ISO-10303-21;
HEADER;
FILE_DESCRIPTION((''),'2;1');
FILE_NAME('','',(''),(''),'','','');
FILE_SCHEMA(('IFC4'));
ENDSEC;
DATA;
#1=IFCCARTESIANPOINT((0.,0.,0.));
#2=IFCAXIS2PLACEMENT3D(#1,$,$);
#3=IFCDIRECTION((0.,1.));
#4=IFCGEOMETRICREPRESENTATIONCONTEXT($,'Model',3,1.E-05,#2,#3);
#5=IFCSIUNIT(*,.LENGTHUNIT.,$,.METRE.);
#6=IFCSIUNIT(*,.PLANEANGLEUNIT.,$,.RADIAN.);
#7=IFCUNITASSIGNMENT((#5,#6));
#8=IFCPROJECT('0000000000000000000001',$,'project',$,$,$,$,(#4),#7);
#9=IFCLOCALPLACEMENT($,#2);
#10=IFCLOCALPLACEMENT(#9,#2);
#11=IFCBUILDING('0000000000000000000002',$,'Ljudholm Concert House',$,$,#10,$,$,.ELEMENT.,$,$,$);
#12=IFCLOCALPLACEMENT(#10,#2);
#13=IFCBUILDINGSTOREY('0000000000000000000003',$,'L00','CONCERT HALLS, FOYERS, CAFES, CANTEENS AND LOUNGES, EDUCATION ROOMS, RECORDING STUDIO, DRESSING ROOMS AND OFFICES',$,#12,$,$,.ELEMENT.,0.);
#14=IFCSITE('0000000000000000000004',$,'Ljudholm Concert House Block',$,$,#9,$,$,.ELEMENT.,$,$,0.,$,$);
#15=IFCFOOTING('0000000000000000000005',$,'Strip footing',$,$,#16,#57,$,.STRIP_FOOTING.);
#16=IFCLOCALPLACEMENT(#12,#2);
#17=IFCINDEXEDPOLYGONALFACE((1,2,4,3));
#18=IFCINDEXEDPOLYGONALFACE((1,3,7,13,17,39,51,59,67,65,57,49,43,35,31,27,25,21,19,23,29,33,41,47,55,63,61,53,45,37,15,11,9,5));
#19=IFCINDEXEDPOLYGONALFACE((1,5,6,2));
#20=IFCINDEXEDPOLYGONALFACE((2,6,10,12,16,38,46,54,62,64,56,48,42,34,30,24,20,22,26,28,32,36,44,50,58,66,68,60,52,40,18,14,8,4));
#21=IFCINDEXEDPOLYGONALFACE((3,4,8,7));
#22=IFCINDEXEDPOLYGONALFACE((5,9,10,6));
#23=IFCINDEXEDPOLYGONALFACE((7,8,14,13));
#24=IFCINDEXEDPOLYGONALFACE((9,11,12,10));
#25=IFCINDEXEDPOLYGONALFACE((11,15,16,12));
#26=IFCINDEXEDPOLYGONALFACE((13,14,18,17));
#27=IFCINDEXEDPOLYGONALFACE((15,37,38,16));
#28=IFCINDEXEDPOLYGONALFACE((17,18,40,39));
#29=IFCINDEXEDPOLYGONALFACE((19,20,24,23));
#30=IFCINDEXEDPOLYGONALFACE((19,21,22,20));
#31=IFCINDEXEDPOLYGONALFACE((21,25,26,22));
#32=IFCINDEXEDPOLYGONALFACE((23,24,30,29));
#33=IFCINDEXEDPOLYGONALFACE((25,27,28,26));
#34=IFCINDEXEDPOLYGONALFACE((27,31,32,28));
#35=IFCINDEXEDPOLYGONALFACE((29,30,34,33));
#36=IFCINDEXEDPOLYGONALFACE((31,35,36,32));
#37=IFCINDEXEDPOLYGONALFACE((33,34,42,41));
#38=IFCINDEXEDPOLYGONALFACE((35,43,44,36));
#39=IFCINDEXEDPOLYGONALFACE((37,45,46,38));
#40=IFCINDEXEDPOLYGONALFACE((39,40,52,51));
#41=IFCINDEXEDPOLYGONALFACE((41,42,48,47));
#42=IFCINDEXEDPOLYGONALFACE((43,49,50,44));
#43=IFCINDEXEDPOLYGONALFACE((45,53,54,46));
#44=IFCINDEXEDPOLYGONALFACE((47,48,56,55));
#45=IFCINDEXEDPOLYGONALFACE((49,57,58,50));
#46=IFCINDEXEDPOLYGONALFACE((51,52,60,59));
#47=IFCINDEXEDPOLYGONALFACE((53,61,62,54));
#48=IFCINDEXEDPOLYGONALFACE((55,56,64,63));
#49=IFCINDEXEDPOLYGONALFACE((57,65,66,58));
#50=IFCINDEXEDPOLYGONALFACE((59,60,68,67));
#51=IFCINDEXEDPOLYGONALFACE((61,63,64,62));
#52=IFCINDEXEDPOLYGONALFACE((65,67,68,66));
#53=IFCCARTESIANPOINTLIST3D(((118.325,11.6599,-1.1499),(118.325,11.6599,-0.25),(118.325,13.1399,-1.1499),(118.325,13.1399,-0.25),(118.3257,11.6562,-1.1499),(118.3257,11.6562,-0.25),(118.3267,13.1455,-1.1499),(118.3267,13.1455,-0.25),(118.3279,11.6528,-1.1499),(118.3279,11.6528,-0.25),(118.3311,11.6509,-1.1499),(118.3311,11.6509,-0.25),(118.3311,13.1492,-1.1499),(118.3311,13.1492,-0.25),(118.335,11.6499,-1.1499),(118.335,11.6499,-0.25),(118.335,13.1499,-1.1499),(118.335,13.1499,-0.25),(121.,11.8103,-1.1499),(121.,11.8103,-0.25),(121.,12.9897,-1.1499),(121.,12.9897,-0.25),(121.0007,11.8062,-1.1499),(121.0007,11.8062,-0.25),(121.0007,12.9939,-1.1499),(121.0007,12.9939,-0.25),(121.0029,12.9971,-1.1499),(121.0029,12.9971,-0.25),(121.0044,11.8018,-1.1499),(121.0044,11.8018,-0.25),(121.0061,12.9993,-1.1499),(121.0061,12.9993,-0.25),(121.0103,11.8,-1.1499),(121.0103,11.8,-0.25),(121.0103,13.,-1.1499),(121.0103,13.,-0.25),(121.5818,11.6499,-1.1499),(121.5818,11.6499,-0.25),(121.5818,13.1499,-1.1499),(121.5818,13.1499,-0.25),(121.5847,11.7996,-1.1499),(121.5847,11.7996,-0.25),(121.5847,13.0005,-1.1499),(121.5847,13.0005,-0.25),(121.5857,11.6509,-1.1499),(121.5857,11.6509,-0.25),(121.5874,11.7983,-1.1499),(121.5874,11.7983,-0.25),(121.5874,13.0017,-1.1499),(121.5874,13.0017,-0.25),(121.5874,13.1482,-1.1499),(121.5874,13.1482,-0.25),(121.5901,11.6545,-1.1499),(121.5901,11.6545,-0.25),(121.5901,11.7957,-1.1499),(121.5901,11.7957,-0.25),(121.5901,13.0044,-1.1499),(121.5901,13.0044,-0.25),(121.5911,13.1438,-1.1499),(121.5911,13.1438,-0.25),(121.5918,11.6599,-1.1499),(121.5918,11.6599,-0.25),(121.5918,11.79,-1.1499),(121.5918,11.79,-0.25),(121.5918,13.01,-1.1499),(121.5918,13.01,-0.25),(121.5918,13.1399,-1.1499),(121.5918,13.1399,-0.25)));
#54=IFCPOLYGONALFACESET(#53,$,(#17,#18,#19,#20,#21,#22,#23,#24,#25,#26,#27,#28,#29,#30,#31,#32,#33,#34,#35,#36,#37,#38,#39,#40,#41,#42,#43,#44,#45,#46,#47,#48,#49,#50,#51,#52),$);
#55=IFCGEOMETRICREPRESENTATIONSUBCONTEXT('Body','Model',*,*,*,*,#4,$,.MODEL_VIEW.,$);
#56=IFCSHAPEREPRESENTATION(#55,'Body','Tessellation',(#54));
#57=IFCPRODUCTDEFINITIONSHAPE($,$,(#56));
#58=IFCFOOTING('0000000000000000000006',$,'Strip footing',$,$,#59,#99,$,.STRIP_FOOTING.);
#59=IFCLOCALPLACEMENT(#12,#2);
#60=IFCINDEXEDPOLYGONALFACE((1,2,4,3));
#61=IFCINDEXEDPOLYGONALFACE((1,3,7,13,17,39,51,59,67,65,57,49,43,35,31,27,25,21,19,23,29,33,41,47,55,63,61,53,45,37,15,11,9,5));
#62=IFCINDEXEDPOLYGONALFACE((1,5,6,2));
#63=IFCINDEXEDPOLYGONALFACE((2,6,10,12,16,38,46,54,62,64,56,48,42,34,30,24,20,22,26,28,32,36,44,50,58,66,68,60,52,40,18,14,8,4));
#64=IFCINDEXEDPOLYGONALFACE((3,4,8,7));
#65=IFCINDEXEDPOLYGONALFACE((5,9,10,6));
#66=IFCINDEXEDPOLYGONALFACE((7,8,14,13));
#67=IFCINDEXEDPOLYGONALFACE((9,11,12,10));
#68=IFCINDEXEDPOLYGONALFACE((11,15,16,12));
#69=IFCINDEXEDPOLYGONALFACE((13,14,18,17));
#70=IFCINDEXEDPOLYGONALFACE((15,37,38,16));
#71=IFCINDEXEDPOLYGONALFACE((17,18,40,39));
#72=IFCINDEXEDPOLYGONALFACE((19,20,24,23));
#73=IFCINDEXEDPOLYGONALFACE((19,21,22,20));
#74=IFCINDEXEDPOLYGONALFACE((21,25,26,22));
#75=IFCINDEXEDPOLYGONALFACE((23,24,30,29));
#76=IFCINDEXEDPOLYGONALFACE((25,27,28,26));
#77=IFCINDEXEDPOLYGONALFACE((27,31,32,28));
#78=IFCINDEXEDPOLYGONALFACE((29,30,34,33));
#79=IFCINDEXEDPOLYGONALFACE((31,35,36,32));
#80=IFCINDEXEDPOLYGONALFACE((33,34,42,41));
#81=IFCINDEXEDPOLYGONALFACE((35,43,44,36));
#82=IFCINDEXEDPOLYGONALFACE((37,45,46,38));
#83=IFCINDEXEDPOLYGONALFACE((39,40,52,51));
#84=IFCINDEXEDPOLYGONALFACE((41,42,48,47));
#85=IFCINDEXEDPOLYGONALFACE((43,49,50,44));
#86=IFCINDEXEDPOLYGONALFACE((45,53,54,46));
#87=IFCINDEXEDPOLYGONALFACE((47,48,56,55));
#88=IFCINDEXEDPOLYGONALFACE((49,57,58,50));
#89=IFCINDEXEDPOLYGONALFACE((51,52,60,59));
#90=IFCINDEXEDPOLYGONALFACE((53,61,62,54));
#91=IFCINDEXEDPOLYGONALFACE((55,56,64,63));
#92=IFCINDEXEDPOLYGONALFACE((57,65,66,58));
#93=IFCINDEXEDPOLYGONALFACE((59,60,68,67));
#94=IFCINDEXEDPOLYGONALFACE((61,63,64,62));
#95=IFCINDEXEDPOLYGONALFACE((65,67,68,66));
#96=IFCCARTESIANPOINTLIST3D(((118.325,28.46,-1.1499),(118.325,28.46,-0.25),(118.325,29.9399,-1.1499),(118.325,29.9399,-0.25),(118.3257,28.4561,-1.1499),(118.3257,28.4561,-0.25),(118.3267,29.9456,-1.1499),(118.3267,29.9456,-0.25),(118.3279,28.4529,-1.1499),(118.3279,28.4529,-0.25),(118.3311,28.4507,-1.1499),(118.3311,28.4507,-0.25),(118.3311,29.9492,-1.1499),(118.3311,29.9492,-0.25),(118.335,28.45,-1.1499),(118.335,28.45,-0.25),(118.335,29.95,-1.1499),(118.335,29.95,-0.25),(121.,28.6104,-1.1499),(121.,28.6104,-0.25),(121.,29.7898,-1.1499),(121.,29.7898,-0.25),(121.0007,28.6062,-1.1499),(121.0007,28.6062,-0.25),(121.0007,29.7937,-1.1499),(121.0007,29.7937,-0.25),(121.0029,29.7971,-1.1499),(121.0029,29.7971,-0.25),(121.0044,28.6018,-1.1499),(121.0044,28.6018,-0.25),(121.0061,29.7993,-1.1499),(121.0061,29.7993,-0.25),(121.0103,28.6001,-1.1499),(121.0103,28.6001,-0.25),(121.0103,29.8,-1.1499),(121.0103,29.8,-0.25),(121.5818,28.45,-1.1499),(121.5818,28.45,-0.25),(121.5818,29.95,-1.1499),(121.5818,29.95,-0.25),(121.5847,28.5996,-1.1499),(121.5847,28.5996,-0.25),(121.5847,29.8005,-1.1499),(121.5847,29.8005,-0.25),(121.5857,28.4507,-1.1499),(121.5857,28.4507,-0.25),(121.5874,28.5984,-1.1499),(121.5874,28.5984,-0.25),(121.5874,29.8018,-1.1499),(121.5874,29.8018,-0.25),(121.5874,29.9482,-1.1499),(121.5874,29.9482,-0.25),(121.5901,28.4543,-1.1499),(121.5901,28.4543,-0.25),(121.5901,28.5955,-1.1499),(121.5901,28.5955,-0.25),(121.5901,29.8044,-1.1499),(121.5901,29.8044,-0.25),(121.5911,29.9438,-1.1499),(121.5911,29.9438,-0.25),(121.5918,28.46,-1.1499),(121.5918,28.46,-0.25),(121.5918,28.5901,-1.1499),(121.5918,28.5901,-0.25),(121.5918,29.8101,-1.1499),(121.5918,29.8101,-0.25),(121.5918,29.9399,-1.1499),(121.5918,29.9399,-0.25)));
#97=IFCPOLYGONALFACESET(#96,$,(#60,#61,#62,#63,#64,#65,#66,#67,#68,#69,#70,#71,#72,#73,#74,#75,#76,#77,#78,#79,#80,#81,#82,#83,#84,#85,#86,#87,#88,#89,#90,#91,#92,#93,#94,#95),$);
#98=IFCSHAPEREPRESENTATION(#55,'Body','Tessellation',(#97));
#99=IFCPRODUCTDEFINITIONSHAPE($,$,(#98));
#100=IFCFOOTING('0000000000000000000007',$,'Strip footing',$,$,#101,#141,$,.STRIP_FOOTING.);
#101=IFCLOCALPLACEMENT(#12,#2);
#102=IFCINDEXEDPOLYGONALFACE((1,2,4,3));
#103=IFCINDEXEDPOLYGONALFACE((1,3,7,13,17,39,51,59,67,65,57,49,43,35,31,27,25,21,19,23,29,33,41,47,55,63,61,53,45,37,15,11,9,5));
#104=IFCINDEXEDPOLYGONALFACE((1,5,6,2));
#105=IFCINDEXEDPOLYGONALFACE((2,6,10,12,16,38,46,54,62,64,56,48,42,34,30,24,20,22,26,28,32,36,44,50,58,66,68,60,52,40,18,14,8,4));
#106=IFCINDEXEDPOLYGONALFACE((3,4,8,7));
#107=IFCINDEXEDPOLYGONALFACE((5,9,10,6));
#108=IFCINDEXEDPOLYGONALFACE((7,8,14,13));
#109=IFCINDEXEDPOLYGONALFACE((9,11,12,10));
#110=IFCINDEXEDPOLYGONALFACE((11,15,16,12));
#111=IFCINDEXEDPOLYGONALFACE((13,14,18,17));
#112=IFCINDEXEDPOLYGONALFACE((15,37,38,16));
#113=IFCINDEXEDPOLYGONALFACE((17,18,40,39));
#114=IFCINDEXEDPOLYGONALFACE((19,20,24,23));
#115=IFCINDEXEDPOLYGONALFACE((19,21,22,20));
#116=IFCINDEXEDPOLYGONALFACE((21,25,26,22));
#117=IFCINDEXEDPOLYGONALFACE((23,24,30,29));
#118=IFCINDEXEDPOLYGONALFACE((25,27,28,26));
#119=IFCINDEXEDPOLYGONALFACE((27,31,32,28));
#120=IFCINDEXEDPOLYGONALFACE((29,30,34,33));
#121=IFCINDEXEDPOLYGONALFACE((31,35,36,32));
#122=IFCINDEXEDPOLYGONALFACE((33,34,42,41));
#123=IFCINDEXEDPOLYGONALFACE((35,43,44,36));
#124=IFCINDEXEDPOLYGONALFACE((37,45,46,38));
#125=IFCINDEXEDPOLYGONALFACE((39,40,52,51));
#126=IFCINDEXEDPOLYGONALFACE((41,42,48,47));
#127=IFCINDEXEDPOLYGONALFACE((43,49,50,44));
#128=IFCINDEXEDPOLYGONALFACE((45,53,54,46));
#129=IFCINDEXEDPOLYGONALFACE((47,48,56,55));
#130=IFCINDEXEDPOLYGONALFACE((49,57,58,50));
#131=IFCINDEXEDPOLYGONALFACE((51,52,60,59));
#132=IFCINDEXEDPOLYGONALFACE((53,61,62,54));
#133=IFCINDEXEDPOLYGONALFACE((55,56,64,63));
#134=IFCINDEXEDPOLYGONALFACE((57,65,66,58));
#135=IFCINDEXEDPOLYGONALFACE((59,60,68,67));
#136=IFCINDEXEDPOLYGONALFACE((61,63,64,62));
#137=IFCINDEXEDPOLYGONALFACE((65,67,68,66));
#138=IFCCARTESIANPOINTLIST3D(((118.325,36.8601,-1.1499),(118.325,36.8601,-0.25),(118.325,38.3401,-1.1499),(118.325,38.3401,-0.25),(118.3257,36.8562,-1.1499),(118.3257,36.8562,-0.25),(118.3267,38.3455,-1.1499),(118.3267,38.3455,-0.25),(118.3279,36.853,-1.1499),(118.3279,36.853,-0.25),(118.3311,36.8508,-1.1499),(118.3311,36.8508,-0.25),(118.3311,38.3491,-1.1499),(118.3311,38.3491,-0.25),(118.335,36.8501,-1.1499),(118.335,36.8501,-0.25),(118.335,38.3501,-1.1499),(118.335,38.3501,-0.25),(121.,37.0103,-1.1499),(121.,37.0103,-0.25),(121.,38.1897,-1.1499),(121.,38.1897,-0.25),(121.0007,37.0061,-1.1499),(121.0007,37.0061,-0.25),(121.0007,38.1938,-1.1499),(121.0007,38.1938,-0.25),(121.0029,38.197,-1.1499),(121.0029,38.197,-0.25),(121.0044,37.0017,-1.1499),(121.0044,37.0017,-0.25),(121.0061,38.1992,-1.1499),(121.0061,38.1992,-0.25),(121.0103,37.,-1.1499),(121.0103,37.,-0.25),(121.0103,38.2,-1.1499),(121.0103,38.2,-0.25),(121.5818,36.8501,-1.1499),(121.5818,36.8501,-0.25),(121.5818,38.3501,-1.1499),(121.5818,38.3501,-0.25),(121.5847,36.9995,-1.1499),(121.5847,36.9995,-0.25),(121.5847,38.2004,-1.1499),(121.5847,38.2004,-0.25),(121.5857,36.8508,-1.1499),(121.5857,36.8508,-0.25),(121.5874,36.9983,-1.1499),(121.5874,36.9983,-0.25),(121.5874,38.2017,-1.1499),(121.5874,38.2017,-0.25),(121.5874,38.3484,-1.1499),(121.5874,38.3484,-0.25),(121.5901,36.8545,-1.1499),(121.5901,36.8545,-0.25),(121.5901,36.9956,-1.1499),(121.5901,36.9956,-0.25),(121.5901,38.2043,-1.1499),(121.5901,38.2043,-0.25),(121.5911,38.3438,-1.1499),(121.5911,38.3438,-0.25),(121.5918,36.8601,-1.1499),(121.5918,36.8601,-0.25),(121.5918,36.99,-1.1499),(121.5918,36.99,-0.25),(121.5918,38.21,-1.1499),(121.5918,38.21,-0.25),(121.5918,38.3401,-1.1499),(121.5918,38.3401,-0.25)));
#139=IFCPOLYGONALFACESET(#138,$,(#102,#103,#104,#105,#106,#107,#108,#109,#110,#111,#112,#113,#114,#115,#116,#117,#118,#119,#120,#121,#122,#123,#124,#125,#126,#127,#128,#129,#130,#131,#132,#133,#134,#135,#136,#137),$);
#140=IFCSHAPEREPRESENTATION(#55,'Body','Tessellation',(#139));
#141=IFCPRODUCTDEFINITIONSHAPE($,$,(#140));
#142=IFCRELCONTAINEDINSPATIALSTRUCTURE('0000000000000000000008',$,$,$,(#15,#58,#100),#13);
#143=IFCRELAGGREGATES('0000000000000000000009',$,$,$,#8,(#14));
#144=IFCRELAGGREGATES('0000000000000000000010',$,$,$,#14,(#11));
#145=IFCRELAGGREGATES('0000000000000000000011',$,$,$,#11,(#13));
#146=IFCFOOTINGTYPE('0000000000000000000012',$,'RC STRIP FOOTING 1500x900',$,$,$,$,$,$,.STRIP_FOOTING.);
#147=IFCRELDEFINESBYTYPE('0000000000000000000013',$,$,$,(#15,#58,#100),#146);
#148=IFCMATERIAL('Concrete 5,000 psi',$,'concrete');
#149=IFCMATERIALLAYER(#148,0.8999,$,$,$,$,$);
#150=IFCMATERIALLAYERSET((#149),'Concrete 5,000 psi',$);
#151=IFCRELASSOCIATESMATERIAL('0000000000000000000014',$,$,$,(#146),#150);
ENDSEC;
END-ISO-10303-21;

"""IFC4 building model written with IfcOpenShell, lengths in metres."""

from ifc_helpers import new_model, si_unit, direction, frame, origin, place, context, subcontext, project, spatial, polyline, outline, extrude, material, layer, layer_set, type_object, element, save


model = new_model("IFC4")

# Units and contexts
model_context = context("Model", 3, precision=1e-05, world=origin(), true_north=direction((0.0, 1.0)))
body_context = subcontext(model_context, "Body", "Model", "MODEL_VIEW")
ifc_project = project(units=[si_unit("LENGTHUNIT", "METRE"), si_unit("PLANEANGLEUNIT", "RADIAN")], contexts=[model_context])

# Site, building, storey
site_placement = place(None, origin())
site = spatial("IfcSite", under=ifc_project, at=site_placement, Name="Ljudholm Concert House Block", CompositionType="ELEMENT", RefElevation=0.0)
building_placement = place(site_placement, origin())
building = spatial("IfcBuilding", under=site, at=building_placement, Name="Ljudholm Concert House", CompositionType="ELEMENT")
storey_placement = place(building_placement, origin())
storey = spatial("IfcBuildingStorey", under=building, at=storey_placement, Name="L00", Description="CONCERT HALLS, FOYERS, CAFES, CANTEENS AND LOUNGES, EDUCATION ROOMS, RECORDING STUDIO, DRESSING ROOMS AND OFFICES", CompositionType="ELEMENT", Elevation=0.0)

# Footings
ifc_material = material(Name="Concrete 5,000 psi", Category="concrete")
ifc_layer = layer(ifc_material, 0.8999)
ifc_layer_set = layer_set([ifc_layer], Name="Concrete 5,000 psi")
footing_type = type_object("IfcFootingType", Name="RC STRIP FOOTING 1500x900", PredefinedType="STRIP_FOOTING", material=ifc_layer_set)
footing_1_placement = place(storey_placement, frame((0.0, 0.0, -1.1499)))
element("IfcFooting", 1, at=footing_1_placement, inside=storey, type_object=footing_type, Name="Strip footing", PredefinedType="STRIP_FOOTING", context=body_context, shape_type="SweptSolid", body=[
    extrude(outline(polyline([(118.335, 11.6499), (121.5818, 11.6499), (121.5857, 11.6509), (121.5901, 11.6545), (121.5918, 11.6599), (121.5918, 11.79), (121.5901, 11.7957), (121.5874, 11.7983), (121.5847, 11.7996), (121.0103, 11.8), (121.0044, 11.8018), (121.0007, 11.8062), (121.0, 11.8103), (121.0, 12.9897), (121.0007, 12.9939), (121.0029, 12.9971), (121.0061, 12.9993), (121.0103, 13.0), (121.5847, 13.0005), (121.5874, 13.0017), (121.5901, 13.0044), (121.5918, 13.01), (121.5918, 13.1399), (121.5911, 13.1438), (121.5874, 13.1482), (121.5818, 13.1499), (118.335, 13.1499), (118.3311, 13.1492), (118.3267, 13.1455), (118.325, 13.1399), (118.325, 11.6599), (118.3257, 11.6562), (118.3279, 11.6528), (118.3311, 11.6509), (118.335, 11.6499)])), origin(), (0.0, 0.0, 1.0), 0.8999),
])
footing_2_placement = place(storey_placement, frame((0.0, 0.0, -1.1499)))
element("IfcFooting", 2, at=footing_2_placement, inside=storey, type_object=footing_type, Name="Strip footing", PredefinedType="STRIP_FOOTING", context=body_context, shape_type="SweptSolid", body=[
    extrude(outline(polyline([(118.335, 28.45), (121.5818, 28.45), (121.5857, 28.4507), (121.5901, 28.4543), (121.5918, 28.46), (121.5918, 28.5901), (121.5901, 28.5955), (121.5874, 28.5984), (121.5847, 28.5996), (121.0103, 28.6001), (121.0044, 28.6018), (121.0007, 28.6062), (121.0, 28.6104), (121.0, 29.7898), (121.0007, 29.7937), (121.0029, 29.7971), (121.0061, 29.7993), (121.0103, 29.8), (121.5847, 29.8005), (121.5874, 29.8018), (121.5901, 29.8044), (121.5918, 29.8101), (121.5918, 29.9399), (121.5911, 29.9438), (121.5874, 29.9482), (121.5818, 29.95), (118.335, 29.95), (118.3311, 29.9492), (118.3267, 29.9456), (118.325, 29.9399), (118.325, 28.46), (118.3257, 28.4561), (118.3279, 28.4529), (118.3311, 28.4507), (118.335, 28.45)])), origin(), (0.0, 0.0, 1.0), 0.8999),
])
footing_3_placement = place(storey_placement, frame((0.0, 0.0, -1.1499)))
element("IfcFooting", 3, at=footing_3_placement, inside=storey, type_object=footing_type, Name="Strip footing", PredefinedType="STRIP_FOOTING", context=body_context, shape_type="SweptSolid", body=[
    extrude(outline(polyline([(118.335, 36.8501), (121.5818, 36.8501), (121.5857, 36.8508), (121.5901, 36.8545), (121.5918, 36.8601), (121.5918, 36.99), (121.5901, 36.9956), (121.5874, 36.9983), (121.5847, 36.9995), (121.0103, 37.0), (121.0044, 37.0017), (121.0007, 37.0061), (121.0, 37.0103), (121.0, 38.1897), (121.0007, 38.1938), (121.0029, 38.197), (121.0061, 38.1992), (121.0103, 38.2), (121.5847, 38.2004), (121.5874, 38.2017), (121.5901, 38.2043), (121.5918, 38.21), (121.5918, 38.3401), (121.5911, 38.3438), (121.5874, 38.3484), (121.5818, 38.3501), (118.335, 38.3501), (118.3311, 38.3491), (118.3267, 38.3455), (118.325, 38.3401), (118.325, 36.8601), (118.3257, 36.8562), (118.3279, 36.853), (118.3311, 36.8508), (118.335, 36.8501)])), origin(), (0.0, 0.0, 1.0), 0.8999),
])

save(model, "model.ifc")
